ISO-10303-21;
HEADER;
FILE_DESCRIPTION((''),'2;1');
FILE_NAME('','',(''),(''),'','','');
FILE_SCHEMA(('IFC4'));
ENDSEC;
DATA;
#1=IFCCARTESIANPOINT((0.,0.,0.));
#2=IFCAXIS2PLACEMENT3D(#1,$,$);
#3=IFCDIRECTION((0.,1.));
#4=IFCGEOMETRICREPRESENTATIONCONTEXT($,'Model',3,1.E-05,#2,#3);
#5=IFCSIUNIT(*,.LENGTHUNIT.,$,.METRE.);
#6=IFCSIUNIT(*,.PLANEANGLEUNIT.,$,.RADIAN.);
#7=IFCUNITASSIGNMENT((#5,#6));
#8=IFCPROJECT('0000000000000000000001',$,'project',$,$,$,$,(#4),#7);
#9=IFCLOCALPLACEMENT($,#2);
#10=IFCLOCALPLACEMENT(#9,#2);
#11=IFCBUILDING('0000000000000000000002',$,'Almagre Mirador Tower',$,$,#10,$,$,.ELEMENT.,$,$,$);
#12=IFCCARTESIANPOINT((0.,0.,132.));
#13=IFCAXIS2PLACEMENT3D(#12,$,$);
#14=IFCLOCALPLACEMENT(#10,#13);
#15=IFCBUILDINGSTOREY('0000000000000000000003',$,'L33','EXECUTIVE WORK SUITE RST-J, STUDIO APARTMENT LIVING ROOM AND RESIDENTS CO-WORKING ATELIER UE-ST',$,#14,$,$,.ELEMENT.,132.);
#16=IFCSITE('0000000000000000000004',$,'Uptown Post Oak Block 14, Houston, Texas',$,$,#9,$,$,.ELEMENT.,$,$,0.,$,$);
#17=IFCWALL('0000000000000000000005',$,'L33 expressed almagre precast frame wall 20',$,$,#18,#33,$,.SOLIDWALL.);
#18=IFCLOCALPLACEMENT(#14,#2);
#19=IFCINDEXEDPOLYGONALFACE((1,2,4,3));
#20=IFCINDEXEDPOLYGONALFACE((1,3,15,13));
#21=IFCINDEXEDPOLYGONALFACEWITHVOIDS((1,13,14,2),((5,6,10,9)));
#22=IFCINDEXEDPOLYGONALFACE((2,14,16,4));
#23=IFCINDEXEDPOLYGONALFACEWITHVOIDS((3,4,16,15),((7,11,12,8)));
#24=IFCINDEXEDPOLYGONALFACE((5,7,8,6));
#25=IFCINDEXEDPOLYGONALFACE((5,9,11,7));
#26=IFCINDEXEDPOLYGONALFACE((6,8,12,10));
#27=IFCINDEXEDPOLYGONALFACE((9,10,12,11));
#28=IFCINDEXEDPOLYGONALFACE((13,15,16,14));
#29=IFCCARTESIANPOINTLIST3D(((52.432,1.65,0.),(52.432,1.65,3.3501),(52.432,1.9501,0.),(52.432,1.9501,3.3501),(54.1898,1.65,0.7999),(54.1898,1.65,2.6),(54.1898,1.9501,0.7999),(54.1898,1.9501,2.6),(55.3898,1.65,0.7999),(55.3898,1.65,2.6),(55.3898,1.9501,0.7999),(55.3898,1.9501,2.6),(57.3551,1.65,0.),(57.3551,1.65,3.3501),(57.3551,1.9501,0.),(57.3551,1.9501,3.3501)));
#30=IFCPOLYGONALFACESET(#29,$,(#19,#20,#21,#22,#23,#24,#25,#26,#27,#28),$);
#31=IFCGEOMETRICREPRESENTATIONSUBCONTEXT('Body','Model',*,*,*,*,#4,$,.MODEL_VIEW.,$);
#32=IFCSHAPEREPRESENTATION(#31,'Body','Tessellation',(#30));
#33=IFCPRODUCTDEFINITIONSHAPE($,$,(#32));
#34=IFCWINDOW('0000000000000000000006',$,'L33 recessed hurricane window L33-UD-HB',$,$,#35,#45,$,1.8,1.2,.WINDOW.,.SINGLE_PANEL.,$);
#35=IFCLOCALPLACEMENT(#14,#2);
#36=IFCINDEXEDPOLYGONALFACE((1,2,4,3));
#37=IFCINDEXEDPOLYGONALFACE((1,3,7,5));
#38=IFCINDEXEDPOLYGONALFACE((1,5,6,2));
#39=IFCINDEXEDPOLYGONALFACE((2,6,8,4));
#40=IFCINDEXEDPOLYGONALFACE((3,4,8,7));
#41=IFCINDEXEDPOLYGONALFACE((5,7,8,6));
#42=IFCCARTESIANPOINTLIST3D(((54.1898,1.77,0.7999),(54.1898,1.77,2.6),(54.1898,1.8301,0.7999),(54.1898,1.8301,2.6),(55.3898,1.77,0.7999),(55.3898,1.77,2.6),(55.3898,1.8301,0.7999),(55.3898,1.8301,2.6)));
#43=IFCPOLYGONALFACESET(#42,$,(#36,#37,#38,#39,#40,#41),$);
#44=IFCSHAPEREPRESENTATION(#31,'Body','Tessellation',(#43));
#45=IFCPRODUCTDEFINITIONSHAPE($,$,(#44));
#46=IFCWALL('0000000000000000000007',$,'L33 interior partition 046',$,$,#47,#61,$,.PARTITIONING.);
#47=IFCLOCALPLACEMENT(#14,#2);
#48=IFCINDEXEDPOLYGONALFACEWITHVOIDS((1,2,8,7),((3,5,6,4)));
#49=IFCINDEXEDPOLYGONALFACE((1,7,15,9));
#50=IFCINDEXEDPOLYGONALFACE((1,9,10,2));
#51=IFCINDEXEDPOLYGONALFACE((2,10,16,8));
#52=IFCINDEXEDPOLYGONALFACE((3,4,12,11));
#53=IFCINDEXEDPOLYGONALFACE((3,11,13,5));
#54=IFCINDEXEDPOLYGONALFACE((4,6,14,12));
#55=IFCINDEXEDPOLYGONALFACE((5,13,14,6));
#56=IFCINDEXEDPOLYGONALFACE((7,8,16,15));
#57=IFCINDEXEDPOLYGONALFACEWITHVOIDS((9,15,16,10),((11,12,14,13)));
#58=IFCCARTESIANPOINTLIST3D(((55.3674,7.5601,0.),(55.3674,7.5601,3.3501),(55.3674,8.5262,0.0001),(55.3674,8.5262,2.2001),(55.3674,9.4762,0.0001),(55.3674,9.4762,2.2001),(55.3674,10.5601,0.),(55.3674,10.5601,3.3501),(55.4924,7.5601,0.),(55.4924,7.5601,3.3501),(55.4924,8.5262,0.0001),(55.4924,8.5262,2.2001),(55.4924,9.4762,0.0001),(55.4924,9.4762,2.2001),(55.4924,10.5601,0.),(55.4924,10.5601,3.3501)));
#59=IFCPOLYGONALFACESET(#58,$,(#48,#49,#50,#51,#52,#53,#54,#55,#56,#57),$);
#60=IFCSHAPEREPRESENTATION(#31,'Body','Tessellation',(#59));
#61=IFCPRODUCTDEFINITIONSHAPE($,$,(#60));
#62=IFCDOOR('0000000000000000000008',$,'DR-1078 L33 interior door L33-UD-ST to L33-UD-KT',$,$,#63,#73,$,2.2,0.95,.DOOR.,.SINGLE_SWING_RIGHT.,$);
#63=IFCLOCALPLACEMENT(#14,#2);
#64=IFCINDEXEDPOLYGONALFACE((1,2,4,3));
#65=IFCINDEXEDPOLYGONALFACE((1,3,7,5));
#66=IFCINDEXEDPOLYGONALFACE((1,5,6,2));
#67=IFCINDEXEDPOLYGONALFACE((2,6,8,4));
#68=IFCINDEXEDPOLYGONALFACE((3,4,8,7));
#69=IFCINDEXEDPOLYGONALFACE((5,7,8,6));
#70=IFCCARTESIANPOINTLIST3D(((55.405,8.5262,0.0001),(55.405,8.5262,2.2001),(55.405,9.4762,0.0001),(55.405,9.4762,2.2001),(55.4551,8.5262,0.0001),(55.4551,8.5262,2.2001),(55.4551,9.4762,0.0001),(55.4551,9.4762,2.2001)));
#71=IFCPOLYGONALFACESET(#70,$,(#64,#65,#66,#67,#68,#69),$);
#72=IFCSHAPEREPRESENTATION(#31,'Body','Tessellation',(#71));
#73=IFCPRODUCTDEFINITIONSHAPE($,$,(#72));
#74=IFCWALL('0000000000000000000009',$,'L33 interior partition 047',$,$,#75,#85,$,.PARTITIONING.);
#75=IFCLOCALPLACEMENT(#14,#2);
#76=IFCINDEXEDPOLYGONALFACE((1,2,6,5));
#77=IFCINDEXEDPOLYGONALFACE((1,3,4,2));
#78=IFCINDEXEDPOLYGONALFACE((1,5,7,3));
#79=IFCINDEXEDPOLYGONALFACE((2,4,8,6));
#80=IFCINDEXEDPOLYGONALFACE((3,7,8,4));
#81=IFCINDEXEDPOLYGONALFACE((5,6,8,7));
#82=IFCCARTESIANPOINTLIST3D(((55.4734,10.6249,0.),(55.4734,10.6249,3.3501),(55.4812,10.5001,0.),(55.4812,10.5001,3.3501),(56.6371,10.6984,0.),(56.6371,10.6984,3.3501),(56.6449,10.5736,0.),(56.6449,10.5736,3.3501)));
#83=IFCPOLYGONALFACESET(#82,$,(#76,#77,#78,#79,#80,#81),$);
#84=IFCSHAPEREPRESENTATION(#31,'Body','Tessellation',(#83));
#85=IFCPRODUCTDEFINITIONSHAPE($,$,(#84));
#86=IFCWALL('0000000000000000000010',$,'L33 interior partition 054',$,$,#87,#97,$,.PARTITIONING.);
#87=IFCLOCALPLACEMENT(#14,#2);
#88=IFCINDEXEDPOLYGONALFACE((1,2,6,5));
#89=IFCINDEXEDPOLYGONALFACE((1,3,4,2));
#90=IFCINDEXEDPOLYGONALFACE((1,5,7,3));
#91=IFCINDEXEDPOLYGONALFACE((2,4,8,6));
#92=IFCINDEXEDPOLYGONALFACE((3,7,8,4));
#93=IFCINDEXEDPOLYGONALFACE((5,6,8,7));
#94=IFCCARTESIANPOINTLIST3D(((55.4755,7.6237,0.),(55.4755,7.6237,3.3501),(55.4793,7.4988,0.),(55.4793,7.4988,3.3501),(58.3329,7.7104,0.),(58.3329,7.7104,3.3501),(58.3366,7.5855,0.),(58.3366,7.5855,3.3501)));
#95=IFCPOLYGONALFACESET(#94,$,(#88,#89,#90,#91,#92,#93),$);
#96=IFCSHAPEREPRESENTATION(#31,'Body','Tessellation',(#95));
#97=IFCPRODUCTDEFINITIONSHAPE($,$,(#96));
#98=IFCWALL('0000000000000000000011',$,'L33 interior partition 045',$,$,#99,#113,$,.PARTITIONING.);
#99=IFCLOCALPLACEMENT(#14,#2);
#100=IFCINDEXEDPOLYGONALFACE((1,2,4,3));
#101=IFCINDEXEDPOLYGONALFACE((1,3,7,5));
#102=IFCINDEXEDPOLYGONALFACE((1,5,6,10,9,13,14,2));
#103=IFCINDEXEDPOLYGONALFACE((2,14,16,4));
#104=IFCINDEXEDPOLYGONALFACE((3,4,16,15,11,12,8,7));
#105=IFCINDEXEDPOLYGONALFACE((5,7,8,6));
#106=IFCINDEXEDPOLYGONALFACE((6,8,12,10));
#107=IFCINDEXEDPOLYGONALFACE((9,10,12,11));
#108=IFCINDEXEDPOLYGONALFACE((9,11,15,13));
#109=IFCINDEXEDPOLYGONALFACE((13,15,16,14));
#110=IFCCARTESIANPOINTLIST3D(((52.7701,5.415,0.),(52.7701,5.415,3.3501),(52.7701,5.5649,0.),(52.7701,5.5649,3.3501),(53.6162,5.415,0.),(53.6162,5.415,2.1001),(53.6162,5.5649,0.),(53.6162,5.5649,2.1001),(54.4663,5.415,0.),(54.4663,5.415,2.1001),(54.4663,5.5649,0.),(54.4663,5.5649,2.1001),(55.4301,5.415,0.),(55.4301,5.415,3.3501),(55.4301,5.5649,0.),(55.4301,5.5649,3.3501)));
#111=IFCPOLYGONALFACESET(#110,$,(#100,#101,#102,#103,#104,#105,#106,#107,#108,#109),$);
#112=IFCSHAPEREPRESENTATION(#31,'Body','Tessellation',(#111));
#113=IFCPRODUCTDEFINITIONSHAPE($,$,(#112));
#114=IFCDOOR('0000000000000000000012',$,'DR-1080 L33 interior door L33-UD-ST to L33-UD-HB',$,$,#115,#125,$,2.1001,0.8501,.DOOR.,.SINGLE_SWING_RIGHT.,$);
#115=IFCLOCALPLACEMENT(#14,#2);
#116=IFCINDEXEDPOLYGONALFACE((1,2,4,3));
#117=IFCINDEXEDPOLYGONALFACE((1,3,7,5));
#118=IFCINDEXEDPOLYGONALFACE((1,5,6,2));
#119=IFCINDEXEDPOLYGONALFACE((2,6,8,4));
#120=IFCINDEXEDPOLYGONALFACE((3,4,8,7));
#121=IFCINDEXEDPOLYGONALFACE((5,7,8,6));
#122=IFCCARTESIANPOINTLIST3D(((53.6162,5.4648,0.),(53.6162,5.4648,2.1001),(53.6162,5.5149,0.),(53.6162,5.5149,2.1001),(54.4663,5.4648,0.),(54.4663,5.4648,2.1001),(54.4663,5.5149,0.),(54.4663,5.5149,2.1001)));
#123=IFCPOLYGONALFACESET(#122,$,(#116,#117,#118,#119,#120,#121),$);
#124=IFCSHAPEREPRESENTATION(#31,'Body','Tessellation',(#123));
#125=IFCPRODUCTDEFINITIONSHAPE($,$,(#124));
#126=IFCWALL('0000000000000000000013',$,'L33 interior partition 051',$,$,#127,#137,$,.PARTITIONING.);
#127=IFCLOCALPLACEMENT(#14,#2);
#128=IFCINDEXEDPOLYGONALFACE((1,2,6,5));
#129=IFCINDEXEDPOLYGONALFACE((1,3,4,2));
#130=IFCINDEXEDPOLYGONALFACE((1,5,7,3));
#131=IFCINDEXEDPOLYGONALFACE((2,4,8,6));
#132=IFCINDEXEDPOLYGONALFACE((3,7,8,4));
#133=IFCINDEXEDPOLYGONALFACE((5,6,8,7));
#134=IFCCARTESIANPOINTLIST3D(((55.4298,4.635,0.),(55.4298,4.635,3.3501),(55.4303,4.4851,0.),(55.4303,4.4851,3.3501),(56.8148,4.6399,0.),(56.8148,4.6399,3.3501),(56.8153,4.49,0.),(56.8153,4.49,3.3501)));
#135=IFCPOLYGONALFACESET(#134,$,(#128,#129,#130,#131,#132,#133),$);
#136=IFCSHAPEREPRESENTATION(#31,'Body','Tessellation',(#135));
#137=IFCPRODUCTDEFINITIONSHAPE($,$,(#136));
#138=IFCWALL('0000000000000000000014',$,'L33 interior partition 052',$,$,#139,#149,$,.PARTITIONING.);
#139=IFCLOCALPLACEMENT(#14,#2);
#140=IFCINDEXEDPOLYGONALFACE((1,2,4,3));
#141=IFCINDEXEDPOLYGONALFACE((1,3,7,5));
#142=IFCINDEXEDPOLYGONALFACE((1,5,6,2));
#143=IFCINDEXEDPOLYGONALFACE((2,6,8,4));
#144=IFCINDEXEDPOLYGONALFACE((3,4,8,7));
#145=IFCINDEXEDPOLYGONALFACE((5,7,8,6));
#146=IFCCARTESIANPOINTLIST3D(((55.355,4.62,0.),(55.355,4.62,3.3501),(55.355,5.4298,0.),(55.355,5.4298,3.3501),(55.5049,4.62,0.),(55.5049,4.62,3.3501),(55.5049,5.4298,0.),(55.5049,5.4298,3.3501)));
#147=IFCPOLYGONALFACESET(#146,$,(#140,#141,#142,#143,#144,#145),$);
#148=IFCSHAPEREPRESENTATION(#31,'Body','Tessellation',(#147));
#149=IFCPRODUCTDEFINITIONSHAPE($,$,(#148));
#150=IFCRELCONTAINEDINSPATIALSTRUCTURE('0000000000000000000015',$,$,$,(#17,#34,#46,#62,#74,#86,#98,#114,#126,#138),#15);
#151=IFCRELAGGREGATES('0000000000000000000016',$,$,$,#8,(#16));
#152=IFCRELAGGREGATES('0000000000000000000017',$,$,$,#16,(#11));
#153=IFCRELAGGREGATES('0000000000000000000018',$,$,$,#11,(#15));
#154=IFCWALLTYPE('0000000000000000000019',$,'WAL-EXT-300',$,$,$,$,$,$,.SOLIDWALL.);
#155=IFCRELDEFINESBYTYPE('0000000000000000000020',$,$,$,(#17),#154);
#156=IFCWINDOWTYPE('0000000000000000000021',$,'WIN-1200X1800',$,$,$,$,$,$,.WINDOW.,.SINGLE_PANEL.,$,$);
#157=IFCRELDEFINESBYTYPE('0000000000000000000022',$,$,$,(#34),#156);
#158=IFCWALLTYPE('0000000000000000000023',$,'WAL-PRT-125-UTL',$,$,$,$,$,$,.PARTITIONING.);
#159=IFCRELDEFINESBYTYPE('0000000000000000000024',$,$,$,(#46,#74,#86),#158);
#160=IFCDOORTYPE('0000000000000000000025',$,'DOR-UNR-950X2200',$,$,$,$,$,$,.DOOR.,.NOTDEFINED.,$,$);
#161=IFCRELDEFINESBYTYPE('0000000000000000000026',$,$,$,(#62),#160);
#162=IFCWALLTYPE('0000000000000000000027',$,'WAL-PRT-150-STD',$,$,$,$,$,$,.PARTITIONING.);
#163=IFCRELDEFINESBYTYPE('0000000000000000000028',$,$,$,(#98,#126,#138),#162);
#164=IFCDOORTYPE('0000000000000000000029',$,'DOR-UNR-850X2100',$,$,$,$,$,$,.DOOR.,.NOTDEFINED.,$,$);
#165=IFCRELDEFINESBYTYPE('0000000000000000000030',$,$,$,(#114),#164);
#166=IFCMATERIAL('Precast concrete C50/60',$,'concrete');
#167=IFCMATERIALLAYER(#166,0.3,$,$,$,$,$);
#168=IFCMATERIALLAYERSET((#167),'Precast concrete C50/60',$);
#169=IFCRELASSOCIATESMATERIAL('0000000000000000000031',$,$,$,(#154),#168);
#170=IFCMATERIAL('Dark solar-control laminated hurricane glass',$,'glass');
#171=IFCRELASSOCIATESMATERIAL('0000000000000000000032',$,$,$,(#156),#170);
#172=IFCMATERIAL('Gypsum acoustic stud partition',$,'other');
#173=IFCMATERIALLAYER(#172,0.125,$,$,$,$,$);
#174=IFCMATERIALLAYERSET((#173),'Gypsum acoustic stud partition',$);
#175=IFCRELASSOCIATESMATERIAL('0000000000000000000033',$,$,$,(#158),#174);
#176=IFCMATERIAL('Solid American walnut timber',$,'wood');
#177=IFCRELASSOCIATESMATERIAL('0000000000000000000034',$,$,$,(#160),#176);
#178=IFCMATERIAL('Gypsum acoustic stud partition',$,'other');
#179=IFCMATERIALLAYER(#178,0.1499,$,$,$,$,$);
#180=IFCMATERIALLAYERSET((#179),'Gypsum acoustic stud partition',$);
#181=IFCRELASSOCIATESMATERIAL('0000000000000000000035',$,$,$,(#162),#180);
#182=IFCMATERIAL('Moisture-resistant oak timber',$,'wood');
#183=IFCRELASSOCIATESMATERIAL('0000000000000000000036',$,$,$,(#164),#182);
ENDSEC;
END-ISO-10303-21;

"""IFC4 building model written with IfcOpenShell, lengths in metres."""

from ifc_helpers import new_model, si_unit, direction, frame, frame_2d, origin, place, context, subcontext, project, spatial, rectangle, extrude, material, layer, layer_set, type_object, element, fill, save


model = new_model("IFC4")

# Units and contexts
model_context = context("Model", 3, precision=1e-05, world=origin(), true_north=direction((0.0, 1.0)))
body_context = subcontext(model_context, "Body", "Model", "MODEL_VIEW")
ifc_project = project(units=[si_unit("LENGTHUNIT", "METRE"), si_unit("PLANEANGLEUNIT", "RADIAN")], contexts=[model_context])

# Site, building, storey
site_placement = place(None, origin())
site = spatial("IfcSite", under=ifc_project, at=site_placement, Name="Uptown Post Oak Block 14, Houston, Texas", CompositionType="ELEMENT", RefElevation=0.0)
building_placement = place(site_placement, origin())
building = spatial("IfcBuilding", under=site, at=building_placement, Name="Almagre Mirador Tower", CompositionType="ELEMENT")
storey_placement = place(building_placement, frame((0.0, 0.0, 132.0)))
storey = spatial("IfcBuildingStorey", under=building, at=storey_placement, Name="L33", Description="EXECUTIVE WORK SUITE RST-J, STUDIO APARTMENT LIVING ROOM AND RESIDENTS CO-WORKING ATELIER UE-ST", CompositionType="ELEMENT", Elevation=132.0)

# Shared definitions
ifc_material_1 = material(Name="Precast concrete C50/60", Category="concrete")
ifc_layer_1 = layer(ifc_material_1, 0.3)
ifc_layer_set_1 = layer_set([ifc_layer_1], Name="Precast concrete C50/60")
wall_type_1 = type_object("IfcWallType", Name="WAL-EXT-300", PredefinedType="SOLIDWALL", material=ifc_layer_set_1)

# Shared definitions
ifc_material_2 = material(Name="Dark solar-control laminated hurricane glass", Category="glass")
window_type = type_object("IfcWindowType", Name="WIN-1200X1800", PartitioningType="SINGLE_PANEL", PredefinedType="WINDOW", material=ifc_material_2)

# Wall, opening, window
wall_1_placement = place(storey_placement, frame((57.355, 1.8, 0.0), z_axis=(0.0, 0.0, 1.0), x_axis=(-1.0, 0.0, 0.0)))
wall_1 = element("IfcWall", 1, at=wall_1_placement, inside=storey, type_object=wall_type_1, Name="L33 expressed almagre precast frame wall 20", PredefinedType="SOLIDWALL", context=body_context, shape_type="SweptSolid", body=[
    extrude(rectangle(XDim=4.9231, YDim=0.3, at=frame_2d((2.4614, 0.0))), origin(), (0.0, 0.0, 1.0), 3.3501),
])
opening_1_placement = place(wall_1_placement, frame((1.9651, 0.0, 0.8)))
opening_1 = element("IfcOpeningElement", 2, at=opening_1_placement, cuts=wall_1, PredefinedType="OPENING", context=body_context, shape_type="SweptSolid", body=[
    extrude(rectangle(XDim=1.2, YDim=1.8, at=frame_2d((0.6001, 0.8999))), frame((0.0, 0.1599, 0.0), z_axis=(0.0, -1.0, 0.0), x_axis=(1.0, 0.0, 0.0)), (0.0, 0.0, 1.0), 0.32),
])
window_1_placement = place(opening_1_placement, origin())
window_1 = element("IfcWindow", 3, at=window_1_placement, inside=storey, type_object=window_type, Name="L33 recessed hurricane window L33-UD-HB", OverallHeight=1.8, OverallWidth=1.2, PartitioningType="SINGLE_PANEL", PredefinedType="WINDOW", context=body_context, shape_type="SweptSolid", body=[
    extrude(rectangle(XDim=1.2, YDim=1.8, at=frame_2d((0.6001, 0.8999))), frame((0.0, 0.03, 0.0), z_axis=(0.0, -1.0, 0.0), x_axis=(1.0, 0.0, 0.0)), (0.0, 0.0, 1.0), 0.0601),
])
fill(opening_1, window_1)

# Wall, opening, door
ifc_material_3 = material(Name="Gypsum acoustic stud partition", Category="other")
ifc_layer_2 = layer(ifc_material_3, 0.125)
ifc_layer_set_2 = layer_set([ifc_layer_2], Name="Gypsum acoustic stud partition")
wall_type_2 = type_object("IfcWallType", Name="WAL-PRT-125-UTL", PredefinedType="PARTITIONING", material=ifc_layer_set_2)
wall_2_placement = place(storey_placement, frame((55.4299, 7.5601, 0.0), z_axis=(0.0, 0.0, 1.0), x_axis=(0.0, 1.0, 0.0)))
wall_2 = element("IfcWall", 4, at=wall_2_placement, inside=storey, type_object=wall_type_2, Name="L33 interior partition 046", PredefinedType="PARTITIONING", context=body_context, shape_type="SweptSolid", body=[
    extrude(rectangle(XDim=3.0, YDim=0.125, at=frame_2d((1.5, 0.0))), origin(), (0.0, 0.0, 1.0), 3.3501),
])
opening_2_placement = place(wall_2_placement, frame((0.9661, 0.0, 0.0)))
opening_2 = element("IfcOpeningElement", 5, at=opening_2_placement, cuts=wall_2, PredefinedType="OPENING", context=body_context, shape_type="SweptSolid", body=[
    extrude(rectangle(XDim=0.95, YDim=2.2, at=frame_2d((0.4751, 1.1001))), frame((0.0, 0.0725, 0.0), z_axis=(0.0, -1.0, 0.0), x_axis=(1.0, 0.0, 0.0)), (0.0, 0.0, 1.0), 0.145),
])
ifc_material_4 = material(Name="Solid American walnut timber", Category="wood")
door_type_1 = type_object("IfcDoorType", Name="DOR-UNR-950X2200", OperationType="NOTDEFINED", PredefinedType="DOOR", material=ifc_material_4)
door_1_placement = place(opening_2_placement, origin())
door_1 = element("IfcDoor", 6, at=door_1_placement, inside=storey, type_object=door_type_1, Name="DR-1078 L33 interior door L33-UD-ST to L33-UD-KT", OperationType="SINGLE_SWING_RIGHT", OverallHeight=2.2, OverallWidth=0.95, PredefinedType="DOOR", context=body_context, shape_type="SweptSolid", body=[
    extrude(rectangle(XDim=0.95, YDim=2.2, at=frame_2d((0.4751, 1.1001))), frame((0.0, 0.0249, 0.0), z_axis=(0.0, -1.0, 0.0), x_axis=(1.0, 0.0, 0.0)), (0.0, 0.0, 1.0), 0.05),
])
fill(opening_2, door_1)

# Walls
wall_3_placement = place(storey_placement, frame((55.4773, 10.5625, 0.0), z_axis=(0.0, 0.0, 1.0), x_axis=(0.998012, 0.063017, 0.0)))
element("IfcWall", 7, at=wall_3_placement, inside=storey, type_object=wall_type_2, Name="L33 interior partition 047", PredefinedType="PARTITIONING", context=body_context, shape_type="SweptSolid", body=[
    extrude(rectangle(XDim=1.166, YDim=0.125, at=frame_2d((0.583, 0.0))), origin(), (0.0, 0.0, 1.0), 3.3501),
])
wall_4_placement = place(storey_placement, frame((55.4775, 7.5613, 0.0), z_axis=(0.0, 0.0, 1.0), x_axis=(0.99954, 0.030318, 0.0)))
element("IfcWall", 8, at=wall_4_placement, inside=storey, type_object=wall_type_2, Name="L33 interior partition 054", PredefinedType="PARTITIONING", context=body_context, shape_type="SweptSolid", body=[
    extrude(rectangle(XDim=2.8586, YDim=0.125, at=frame_2d((1.4292, 0.0))), origin(), (0.0, 0.0, 1.0), 3.3501),
])

# Wall, opening, door
ifc_material_5 = material(Name="Gypsum acoustic stud partition", Category="other")
ifc_layer_3 = layer(ifc_material_5, 0.1499)
ifc_layer_set_3 = layer_set([ifc_layer_3], Name="Gypsum acoustic stud partition")
wall_type_3 = type_object("IfcWallType", Name="WAL-PRT-150-STD", PredefinedType="PARTITIONING", material=ifc_layer_set_3)
wall_5_placement = place(storey_placement, frame((52.77, 5.49, 0.0), z_axis=(0.0, 0.0, 1.0), x_axis=(1.0, 0.0, 0.0)))
wall_5 = element("IfcWall", 9, at=wall_5_placement, inside=storey, type_object=wall_type_3, Name="L33 interior partition 045", PredefinedType="PARTITIONING", context=body_context, shape_type="SweptSolid", body=[
    extrude(rectangle(XDim=2.6599, YDim=0.1499, at=frame_2d((1.3301, 0.0))), origin(), (0.0, 0.0, 1.0), 3.3501),
])
opening_3_placement = place(wall_5_placement, frame((0.8462, 0.0, 0.0)))
opening_3 = element("IfcOpeningElement", 10, at=opening_3_placement, cuts=wall_5, PredefinedType="OPENING", context=body_context, shape_type="SweptSolid", body=[
    extrude(rectangle(XDim=0.8501, YDim=2.1001, at=frame_2d((0.425, 1.05))), frame((0.0, 0.085, 0.0), z_axis=(0.0, -1.0, 0.0), x_axis=(1.0, 0.0, 0.0)), (0.0, 0.0, 1.0), 0.1699),
])
ifc_material_6 = material(Name="Moisture-resistant oak timber", Category="wood")
door_type_2 = type_object("IfcDoorType", Name="DOR-UNR-850X2100", OperationType="NOTDEFINED", PredefinedType="DOOR", material=ifc_material_6)
door_2_placement = place(opening_3_placement, origin())
door_2 = element("IfcDoor", 11, at=door_2_placement, inside=storey, type_object=door_type_2, Name="DR-1080 L33 interior door L33-UD-ST to L33-UD-HB", OperationType="SINGLE_SWING_RIGHT", OverallHeight=2.1001, OverallWidth=0.8501, PredefinedType="DOOR", context=body_context, shape_type="SweptSolid", body=[
    extrude(rectangle(XDim=0.8501, YDim=2.1001, at=frame_2d((0.425, 1.05))), frame((0.0, 0.0249, 0.0), z_axis=(0.0, -1.0, 0.0), x_axis=(1.0, 0.0, 0.0)), (0.0, 0.0, 1.0), 0.05),
])
fill(opening_3, door_2)

# Walls
wall_6_placement = place(storey_placement, frame((56.8149, 4.5649, 0.0), z_axis=(0.0, 0.0, 1.0), x_axis=(-0.999994, -0.003525, 0.0)))
element("IfcWall", 12, at=wall_6_placement, inside=storey, type_object=wall_type_3, Name="L33 interior partition 051", PredefinedType="PARTITIONING", context=body_context, shape_type="SweptSolid", body=[
    extrude(rectangle(XDim=1.385, YDim=0.1499, at=frame_2d((0.6924, 0.0))), origin(), (0.0, 0.0, 1.0), 3.3501),
])
wall_7_placement = place(storey_placement, frame((55.4299, 4.6201, 0.0), z_axis=(0.0, 0.0, 1.0), x_axis=(0.0, 1.0, 0.0)))
element("IfcWall", 13, at=wall_7_placement, inside=storey, type_object=wall_type_3, Name="L33 interior partition 052", PredefinedType="PARTITIONING", context=body_context, shape_type="SweptSolid", body=[
    extrude(rectangle(XDim=0.8098, YDim=0.1499, at=frame_2d((0.4048, 0.0))), origin(), (0.0, 0.0, 1.0), 3.3501),
])

save(model, "model.ifc")
